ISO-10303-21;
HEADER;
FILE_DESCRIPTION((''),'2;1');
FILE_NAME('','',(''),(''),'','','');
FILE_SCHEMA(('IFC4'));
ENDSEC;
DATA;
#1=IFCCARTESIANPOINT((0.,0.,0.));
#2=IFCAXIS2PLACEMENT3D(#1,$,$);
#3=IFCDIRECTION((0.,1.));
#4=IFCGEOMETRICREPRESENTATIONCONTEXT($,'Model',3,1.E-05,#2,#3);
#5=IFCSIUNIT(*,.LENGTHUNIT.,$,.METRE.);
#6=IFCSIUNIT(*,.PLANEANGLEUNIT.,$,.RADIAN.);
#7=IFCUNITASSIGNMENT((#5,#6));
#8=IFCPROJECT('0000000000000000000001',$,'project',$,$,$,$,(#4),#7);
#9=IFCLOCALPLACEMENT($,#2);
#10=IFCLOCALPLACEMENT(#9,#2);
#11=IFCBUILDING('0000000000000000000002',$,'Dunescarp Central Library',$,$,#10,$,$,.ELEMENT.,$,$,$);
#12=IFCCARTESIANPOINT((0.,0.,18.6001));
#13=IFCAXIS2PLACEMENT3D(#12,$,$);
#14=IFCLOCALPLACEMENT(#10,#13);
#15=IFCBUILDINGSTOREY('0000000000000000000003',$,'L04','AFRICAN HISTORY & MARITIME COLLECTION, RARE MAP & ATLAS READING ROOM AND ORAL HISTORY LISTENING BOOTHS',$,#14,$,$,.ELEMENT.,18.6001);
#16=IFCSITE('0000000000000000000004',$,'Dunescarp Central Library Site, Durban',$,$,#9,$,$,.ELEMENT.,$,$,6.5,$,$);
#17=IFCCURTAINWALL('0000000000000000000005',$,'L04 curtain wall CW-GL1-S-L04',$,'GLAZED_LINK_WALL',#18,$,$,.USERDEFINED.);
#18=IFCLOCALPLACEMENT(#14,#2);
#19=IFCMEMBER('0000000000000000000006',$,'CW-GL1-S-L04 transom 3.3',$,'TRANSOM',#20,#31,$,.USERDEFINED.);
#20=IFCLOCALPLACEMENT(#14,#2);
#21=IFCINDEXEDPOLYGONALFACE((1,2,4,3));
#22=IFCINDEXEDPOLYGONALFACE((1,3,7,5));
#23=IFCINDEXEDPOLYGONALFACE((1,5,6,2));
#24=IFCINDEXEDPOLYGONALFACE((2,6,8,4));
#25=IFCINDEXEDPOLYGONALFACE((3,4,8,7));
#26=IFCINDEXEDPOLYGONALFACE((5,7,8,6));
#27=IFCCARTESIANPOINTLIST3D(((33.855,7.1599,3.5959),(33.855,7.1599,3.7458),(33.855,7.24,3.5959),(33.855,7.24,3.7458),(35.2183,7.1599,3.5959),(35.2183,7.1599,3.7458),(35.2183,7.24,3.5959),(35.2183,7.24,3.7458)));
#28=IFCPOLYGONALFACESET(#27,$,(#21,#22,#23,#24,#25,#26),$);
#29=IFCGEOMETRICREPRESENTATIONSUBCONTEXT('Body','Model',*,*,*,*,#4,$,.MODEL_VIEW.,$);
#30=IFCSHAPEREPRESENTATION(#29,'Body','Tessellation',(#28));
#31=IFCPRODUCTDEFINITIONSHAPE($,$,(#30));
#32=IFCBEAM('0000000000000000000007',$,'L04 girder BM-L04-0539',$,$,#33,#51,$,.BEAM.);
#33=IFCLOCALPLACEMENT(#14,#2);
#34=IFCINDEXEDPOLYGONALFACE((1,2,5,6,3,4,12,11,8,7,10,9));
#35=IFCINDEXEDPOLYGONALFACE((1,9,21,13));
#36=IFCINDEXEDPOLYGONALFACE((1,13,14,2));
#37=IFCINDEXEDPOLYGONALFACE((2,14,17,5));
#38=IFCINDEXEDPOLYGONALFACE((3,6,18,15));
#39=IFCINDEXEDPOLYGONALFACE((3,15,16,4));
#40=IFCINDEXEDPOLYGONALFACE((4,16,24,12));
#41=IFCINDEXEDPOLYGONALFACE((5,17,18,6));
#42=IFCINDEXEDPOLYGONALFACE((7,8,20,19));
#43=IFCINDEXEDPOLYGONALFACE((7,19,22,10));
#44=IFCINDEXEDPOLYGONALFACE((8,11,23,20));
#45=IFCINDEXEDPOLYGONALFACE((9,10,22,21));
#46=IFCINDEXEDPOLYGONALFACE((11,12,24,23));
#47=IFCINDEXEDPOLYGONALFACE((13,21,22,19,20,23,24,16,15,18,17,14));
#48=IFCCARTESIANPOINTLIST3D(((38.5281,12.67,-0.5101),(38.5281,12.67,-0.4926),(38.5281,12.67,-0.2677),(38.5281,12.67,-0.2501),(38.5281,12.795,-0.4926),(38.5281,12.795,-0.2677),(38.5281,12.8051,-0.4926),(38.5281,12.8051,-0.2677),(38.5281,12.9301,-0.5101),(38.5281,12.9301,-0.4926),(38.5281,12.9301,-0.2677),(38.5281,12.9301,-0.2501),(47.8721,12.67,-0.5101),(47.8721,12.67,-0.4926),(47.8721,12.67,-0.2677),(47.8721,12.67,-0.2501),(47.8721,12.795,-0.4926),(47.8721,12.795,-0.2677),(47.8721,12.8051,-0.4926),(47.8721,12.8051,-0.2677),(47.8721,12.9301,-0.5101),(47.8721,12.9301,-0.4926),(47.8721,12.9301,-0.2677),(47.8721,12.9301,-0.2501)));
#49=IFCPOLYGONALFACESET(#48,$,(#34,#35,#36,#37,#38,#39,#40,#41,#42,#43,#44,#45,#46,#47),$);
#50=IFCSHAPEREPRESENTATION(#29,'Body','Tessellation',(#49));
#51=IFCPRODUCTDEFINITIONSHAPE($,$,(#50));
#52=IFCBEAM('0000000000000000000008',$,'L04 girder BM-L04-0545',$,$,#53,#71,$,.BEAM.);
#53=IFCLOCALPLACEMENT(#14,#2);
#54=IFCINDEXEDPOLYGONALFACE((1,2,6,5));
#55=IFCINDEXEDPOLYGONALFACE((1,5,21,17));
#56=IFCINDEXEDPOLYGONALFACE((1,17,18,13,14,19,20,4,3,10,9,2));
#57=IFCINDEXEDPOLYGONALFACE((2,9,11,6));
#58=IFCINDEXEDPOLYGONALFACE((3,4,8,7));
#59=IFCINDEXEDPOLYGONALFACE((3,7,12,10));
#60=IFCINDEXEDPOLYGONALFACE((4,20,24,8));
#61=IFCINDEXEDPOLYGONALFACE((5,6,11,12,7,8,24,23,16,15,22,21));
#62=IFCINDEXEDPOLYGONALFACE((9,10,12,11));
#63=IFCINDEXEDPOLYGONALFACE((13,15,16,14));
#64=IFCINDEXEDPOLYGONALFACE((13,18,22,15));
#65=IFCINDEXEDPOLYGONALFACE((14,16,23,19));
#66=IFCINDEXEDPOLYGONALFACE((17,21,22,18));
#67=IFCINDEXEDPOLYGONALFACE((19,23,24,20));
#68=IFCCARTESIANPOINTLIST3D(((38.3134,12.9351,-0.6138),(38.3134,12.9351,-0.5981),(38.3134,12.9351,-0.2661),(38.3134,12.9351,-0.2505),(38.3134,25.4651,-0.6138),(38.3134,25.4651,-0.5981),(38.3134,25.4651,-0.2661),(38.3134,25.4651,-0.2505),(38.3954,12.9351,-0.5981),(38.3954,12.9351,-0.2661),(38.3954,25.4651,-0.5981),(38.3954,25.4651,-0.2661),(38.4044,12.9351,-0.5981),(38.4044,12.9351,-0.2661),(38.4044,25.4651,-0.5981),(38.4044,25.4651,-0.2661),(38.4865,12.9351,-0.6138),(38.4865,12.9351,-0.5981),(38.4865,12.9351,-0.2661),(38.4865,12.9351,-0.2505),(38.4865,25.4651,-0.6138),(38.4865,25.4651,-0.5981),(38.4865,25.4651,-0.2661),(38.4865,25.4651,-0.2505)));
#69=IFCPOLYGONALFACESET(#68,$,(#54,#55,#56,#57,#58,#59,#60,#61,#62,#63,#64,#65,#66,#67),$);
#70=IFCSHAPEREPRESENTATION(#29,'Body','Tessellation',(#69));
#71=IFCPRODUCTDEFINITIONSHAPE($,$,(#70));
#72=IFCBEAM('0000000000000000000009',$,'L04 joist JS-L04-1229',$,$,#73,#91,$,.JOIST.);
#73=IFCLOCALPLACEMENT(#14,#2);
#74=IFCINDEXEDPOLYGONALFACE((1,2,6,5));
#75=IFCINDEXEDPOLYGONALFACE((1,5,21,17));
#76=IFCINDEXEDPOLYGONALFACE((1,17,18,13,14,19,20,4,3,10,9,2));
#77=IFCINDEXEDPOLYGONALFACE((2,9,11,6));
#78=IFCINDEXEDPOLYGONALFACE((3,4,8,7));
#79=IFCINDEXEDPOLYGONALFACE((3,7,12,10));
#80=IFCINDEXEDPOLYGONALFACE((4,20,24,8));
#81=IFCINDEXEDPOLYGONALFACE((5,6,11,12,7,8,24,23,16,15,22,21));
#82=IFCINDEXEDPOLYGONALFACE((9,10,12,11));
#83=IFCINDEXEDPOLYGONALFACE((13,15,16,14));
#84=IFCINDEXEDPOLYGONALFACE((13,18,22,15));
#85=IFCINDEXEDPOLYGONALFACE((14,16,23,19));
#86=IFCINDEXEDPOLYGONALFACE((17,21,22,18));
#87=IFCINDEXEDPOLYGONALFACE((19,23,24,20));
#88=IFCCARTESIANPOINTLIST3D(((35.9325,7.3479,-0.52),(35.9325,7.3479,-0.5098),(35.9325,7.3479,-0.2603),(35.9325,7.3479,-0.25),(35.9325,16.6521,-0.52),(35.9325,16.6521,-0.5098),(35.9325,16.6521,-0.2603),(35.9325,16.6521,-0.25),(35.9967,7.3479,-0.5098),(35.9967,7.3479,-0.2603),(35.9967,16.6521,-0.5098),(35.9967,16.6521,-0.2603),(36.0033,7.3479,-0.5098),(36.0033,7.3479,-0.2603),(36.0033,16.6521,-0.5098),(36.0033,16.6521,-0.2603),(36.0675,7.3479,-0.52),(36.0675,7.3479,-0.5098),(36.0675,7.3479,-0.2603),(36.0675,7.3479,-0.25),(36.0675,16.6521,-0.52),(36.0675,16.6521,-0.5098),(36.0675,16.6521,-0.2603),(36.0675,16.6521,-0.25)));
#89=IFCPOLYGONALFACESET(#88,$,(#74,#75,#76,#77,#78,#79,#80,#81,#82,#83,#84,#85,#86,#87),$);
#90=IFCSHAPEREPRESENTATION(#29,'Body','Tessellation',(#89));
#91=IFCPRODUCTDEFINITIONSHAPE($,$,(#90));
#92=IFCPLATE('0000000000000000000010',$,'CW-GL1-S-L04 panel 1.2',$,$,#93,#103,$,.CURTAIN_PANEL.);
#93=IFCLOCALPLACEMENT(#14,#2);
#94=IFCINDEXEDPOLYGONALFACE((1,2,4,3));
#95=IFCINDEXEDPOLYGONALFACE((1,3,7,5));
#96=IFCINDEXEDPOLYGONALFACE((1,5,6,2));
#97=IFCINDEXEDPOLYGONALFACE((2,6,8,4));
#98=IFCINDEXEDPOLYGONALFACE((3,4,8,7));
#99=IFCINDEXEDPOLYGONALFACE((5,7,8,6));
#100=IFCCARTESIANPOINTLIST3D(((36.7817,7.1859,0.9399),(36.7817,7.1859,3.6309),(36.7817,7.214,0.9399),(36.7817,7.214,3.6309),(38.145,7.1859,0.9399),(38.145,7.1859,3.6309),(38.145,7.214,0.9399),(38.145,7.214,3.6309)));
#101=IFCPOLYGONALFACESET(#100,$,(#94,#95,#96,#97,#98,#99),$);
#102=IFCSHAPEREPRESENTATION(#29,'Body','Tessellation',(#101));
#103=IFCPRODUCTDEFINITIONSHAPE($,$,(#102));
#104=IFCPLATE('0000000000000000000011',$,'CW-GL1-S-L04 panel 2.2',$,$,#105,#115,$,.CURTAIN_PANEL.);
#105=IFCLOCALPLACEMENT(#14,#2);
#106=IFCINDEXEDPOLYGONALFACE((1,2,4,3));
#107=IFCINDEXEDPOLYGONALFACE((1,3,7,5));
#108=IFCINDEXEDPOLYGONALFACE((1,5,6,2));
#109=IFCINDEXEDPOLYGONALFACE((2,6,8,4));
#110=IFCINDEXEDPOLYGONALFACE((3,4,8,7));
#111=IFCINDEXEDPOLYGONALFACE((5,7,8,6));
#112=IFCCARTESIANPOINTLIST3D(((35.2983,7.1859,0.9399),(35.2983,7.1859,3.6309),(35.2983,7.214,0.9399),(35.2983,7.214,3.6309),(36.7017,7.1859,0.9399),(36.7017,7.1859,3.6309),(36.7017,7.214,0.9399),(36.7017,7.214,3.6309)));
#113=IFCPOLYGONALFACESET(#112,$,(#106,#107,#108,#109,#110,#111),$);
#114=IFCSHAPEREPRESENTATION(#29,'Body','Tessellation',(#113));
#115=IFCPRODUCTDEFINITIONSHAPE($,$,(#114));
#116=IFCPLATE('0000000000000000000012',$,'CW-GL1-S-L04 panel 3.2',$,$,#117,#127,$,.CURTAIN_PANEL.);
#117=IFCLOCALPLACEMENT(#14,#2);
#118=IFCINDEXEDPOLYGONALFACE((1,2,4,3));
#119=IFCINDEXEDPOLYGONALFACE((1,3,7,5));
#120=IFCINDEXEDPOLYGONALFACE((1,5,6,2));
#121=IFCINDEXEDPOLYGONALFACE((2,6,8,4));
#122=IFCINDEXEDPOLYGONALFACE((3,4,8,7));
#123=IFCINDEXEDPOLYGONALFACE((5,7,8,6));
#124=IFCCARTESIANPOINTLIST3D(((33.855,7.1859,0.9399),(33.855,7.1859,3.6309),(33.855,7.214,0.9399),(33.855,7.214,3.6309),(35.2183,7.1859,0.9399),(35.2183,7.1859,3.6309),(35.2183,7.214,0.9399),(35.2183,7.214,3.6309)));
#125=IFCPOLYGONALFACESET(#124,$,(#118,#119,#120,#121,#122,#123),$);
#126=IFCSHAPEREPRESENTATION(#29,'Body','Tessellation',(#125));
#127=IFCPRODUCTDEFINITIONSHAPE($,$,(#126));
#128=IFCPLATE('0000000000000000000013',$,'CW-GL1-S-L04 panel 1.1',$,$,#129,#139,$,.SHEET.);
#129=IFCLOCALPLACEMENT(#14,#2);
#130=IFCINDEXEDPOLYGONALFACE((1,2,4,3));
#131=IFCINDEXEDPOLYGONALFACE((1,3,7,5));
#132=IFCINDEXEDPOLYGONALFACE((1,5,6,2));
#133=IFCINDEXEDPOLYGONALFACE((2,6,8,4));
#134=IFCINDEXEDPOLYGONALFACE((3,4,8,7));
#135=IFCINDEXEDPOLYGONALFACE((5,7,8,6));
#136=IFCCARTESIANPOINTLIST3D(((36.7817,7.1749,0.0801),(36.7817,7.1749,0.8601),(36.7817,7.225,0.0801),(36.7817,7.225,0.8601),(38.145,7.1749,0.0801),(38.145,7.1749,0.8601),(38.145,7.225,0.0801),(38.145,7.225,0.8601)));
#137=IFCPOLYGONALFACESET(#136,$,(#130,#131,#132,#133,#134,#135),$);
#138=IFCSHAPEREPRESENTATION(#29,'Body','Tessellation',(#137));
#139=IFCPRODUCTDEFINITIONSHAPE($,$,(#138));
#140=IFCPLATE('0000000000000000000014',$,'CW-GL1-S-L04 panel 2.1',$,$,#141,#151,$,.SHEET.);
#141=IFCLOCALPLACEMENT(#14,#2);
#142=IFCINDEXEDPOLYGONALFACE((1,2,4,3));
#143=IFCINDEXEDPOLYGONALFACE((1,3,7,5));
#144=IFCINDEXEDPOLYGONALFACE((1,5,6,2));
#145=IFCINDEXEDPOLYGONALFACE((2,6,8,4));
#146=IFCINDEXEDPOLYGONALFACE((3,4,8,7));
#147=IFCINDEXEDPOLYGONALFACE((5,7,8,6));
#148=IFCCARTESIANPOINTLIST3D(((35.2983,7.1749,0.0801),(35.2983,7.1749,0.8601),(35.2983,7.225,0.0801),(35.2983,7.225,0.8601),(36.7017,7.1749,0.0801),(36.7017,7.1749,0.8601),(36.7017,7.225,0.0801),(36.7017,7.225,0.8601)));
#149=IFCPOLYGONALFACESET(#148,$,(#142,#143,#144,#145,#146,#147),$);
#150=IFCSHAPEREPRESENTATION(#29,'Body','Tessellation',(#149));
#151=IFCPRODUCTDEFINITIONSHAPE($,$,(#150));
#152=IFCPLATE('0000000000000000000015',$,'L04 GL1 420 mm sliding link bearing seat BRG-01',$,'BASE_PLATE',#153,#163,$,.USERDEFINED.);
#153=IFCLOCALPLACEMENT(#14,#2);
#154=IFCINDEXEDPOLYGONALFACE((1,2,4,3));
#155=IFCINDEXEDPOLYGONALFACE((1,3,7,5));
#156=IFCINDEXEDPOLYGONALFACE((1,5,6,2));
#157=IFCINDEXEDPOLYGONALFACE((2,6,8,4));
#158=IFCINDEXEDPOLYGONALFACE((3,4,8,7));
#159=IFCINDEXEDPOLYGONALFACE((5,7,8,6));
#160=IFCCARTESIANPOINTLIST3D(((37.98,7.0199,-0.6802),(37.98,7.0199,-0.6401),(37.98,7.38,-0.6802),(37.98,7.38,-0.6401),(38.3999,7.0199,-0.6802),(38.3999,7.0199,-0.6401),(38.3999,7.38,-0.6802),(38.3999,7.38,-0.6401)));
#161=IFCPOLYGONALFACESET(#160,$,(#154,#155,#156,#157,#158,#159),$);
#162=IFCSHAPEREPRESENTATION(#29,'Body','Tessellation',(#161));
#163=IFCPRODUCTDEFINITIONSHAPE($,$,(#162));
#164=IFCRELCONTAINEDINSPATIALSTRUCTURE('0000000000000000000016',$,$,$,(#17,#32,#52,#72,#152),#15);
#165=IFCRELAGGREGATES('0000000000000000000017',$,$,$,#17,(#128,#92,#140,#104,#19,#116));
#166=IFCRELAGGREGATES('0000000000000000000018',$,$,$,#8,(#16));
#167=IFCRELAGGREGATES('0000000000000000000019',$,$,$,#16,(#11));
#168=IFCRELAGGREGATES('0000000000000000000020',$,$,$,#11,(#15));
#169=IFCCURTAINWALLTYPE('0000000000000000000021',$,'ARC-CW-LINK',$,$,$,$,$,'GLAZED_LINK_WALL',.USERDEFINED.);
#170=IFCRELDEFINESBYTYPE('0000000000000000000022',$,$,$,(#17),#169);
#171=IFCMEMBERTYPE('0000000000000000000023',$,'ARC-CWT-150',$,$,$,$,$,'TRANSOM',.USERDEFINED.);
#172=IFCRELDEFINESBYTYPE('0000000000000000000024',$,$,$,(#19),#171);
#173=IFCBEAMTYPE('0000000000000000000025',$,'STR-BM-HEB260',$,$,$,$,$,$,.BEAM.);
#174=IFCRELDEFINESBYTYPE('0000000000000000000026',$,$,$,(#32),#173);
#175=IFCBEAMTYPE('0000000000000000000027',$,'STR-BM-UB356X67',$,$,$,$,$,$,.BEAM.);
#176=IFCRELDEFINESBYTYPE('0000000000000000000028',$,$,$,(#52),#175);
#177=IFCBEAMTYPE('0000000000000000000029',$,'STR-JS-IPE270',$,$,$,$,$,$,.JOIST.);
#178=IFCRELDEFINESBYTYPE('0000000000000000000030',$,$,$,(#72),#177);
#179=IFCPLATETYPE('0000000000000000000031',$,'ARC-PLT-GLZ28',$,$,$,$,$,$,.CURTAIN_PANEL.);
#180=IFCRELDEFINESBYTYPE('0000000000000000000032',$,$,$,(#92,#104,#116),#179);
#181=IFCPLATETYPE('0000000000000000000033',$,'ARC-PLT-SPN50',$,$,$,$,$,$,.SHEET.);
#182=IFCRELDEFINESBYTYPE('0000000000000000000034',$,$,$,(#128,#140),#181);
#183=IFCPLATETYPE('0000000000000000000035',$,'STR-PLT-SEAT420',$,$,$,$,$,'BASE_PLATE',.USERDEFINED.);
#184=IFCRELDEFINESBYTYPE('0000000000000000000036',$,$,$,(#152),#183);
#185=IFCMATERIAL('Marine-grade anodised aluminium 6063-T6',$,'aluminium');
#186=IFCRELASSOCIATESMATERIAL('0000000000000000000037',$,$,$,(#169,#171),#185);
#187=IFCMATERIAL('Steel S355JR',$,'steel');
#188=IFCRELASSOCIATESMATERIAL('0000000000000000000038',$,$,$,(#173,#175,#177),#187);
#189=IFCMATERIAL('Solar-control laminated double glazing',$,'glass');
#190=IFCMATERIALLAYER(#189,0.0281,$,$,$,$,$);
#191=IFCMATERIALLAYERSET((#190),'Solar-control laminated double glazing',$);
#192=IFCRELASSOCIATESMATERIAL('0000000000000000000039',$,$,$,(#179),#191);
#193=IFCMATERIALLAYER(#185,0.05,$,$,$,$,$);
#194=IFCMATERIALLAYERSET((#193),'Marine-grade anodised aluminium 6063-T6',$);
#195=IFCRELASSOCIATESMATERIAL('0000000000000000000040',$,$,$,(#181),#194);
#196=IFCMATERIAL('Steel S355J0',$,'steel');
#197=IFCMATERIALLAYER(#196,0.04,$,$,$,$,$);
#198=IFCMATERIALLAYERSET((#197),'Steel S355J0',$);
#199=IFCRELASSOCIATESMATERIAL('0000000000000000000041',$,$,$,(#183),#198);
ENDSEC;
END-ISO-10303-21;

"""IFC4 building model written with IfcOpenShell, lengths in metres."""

from ifc_helpers import new_model, si_unit, direction, frame, origin, origin_2d, place, context, subcontext, project, spatial, rectangle, i_section, extrude, material, layer, layer_set, material_profile, profile_set, type_object, element, aggregate, save


model = new_model("IFC4")

# Units and contexts
model_context = context("Model", 3, precision=1e-05, world=origin(), true_north=direction((0.0, 1.0)))
body_context = subcontext(model_context, "Body", "Model", "MODEL_VIEW")
ifc_project = project(units=[si_unit("LENGTHUNIT", "METRE"), si_unit("PLANEANGLEUNIT", "RADIAN")], contexts=[model_context])

# Site, building, storey
site_placement = place(None, origin())
site = spatial("IfcSite", under=ifc_project, at=site_placement, Name="Dunescarp Central Library Site, Durban", CompositionType="ELEMENT", RefElevation=6.5)
building_placement = place(site_placement, origin())
building = spatial("IfcBuilding", under=site, at=building_placement, Name="Dunescarp Central Library", CompositionType="ELEMENT")
storey_placement = place(building_placement, frame((0.0, 0.0, 18.6001)))
storey = spatial("IfcBuildingStorey", under=building, at=storey_placement, Name="L04", Description="AFRICAN HISTORY & MARITIME COLLECTION, RARE MAP & ATLAS READING ROOM AND ORAL HISTORY LISTENING BOOTHS", CompositionType="ELEMENT", Elevation=18.6001)

# Shared definitions
ifc_material_1 = material(Name="Steel S355JR", Category="steel")

# Curtain wall, member
ifc_material_2 = material(Name="Marine-grade anodised aluminium 6063-T6", Category="aluminium")
curtain_wall_type = type_object("IfcCurtainWallType", Name="ARC-CW-LINK", ElementType="GLAZED_LINK_WALL", PredefinedType="USERDEFINED", material=ifc_material_2)
curtain_wall_placement = place(storey_placement, origin())
curtain_wall = element("IfcCurtainWall", 1, at=curtain_wall_placement, inside=storey, type_object=curtain_wall_type, Name="L04 curtain wall CW-GL1-S-L04", ObjectType="GLAZED_LINK_WALL", PredefinedType="USERDEFINED")
ifc_material_profile_1 = material_profile(ifc_material_2, rectangle(XDim=0.0801, YDim=0.1499, at=origin_2d()), Name="AL 80x150")
ifc_profile_set_1 = profile_set([ifc_material_profile_1], Name="Marine-grade anodised aluminium 6063-T6")
member_type_1 = type_object("IfcMemberType", Name="ARC-CWT-150", ElementType="TRANSOM", PredefinedType="USERDEFINED", material=ifc_profile_set_1)
member_1_placement = place(storey_placement, frame((35.2183, 7.2, 3.6709), z_axis=(-1.0, 0.0, 0.0), x_axis=(0.0, -1.0, 0.0)))
member_1 = element("IfcMember", 2, at=member_1_placement, type_object=member_type_1, Name="CW-GL1-S-L04 transom 3.3", ObjectType="TRANSOM", PredefinedType="USERDEFINED", context=body_context, shape_type="SweptSolid", body=[
    extrude(rectangle(XDim=0.0801, YDim=0.1499, at=origin_2d()), origin(), (0.0, 0.0, 1.0), 1.3633),
])

# Beams
ifc_material_profile_2 = material_profile(ifc_material_1, i_section(OverallWidth=0.26, OverallDepth=0.26, WebThickness=0.01, FlangeThickness=0.0176, at=origin_2d()), Name="HEB 260")
ifc_profile_set_2 = profile_set([ifc_material_profile_2], Name="Steel S355JR")
beam_type_1 = type_object("IfcBeamType", Name="STR-BM-HEB260", PredefinedType="BEAM", material=ifc_profile_set_2)
beam_1_placement = place(storey_placement, frame((38.5281, 12.8, -0.3801), z_axis=(1.0, 0.0, 0.0), x_axis=(0.0, 1.0, 0.0)))
element("IfcBeam", 3, at=beam_1_placement, inside=storey, type_object=beam_type_1, Name="L04 girder BM-L04-0539", PredefinedType="BEAM", context=body_context, shape_type="SweptSolid", body=[
    extrude(i_section(OverallWidth=0.26, OverallDepth=0.26, WebThickness=0.01, FlangeThickness=0.0176, at=origin_2d()), origin(), (0.0, 0.0, 1.0), 9.344),
])
ifc_material_profile_3 = material_profile(ifc_material_1, i_section(OverallWidth=0.1731, OverallDepth=0.3633, WebThickness=0.009, FlangeThickness=0.0156, at=origin_2d()), Name="UB 356x171x67")
ifc_profile_set_3 = profile_set([ifc_material_profile_3], Name="Steel S355JR")
beam_type_2 = type_object("IfcBeamType", Name="STR-BM-UB356X67", PredefinedType="BEAM", material=ifc_profile_set_3)
beam_2_placement = place(storey_placement, frame((38.3999, 12.9351, -0.4321), z_axis=(0.0, 1.0, 0.0), x_axis=(-1.0, 0.0, 0.0)))
element("IfcBeam", 4, at=beam_2_placement, inside=storey, type_object=beam_type_2, Name="L04 girder BM-L04-0545", PredefinedType="BEAM", context=body_context, shape_type="SweptSolid", body=[
    extrude(i_section(OverallWidth=0.1731, OverallDepth=0.3633, WebThickness=0.009, FlangeThickness=0.0156, at=origin_2d()), origin(), (0.0, 0.0, 1.0), 12.53),
])
ifc_material_profile_4 = material_profile(ifc_material_1, i_section(OverallWidth=0.135, OverallDepth=0.27, WebThickness=0.0066, FlangeThickness=0.0103, at=origin_2d()), Name="IPE 270")
ifc_profile_set_4 = profile_set([ifc_material_profile_4], Name="Steel S355JR")
beam_type_3 = type_object("IfcBeamType", Name="STR-JS-IPE270", PredefinedType="JOIST", material=ifc_profile_set_4)
beam_3_placement = place(storey_placement, frame((36.0, 7.3479, -0.385), z_axis=(0.0, 1.0, 0.0), x_axis=(-1.0, 0.0, 0.0)))
element("IfcBeam", 5, at=beam_3_placement, inside=storey, type_object=beam_type_3, Name="L04 joist JS-L04-1229", PredefinedType="JOIST", context=body_context, shape_type="SweptSolid", body=[
    extrude(i_section(OverallWidth=0.135, OverallDepth=0.27, WebThickness=0.0066, FlangeThickness=0.0103, at=origin_2d()), origin(), (0.0, 0.0, 1.0), 9.3042),
])

# Plates
ifc_material_3 = material(Name="Solar-control laminated double glazing", Category="glass")
ifc_layer_1 = layer(ifc_material_3, 0.0281)
ifc_layer_set_1 = layer_set([ifc_layer_1], Name="Solar-control laminated double glazing")
plate_type_1 = type_object("IfcPlateType", Name="ARC-PLT-GLZ28", PredefinedType="CURTAIN_PANEL", material=ifc_layer_set_1)
plate_1_placement = place(storey_placement, frame((37.4634, 7.2, 0.9399), z_axis=(0.0, 0.0, 1.0), x_axis=(-1.0, 0.0, 0.0)))
plate_1 = element("IfcPlate", 6, at=plate_1_placement, type_object=plate_type_1, Name="CW-GL1-S-L04 panel 1.2", PredefinedType="CURTAIN_PANEL", context=body_context, shape_type="SweptSolid", body=[
    extrude(rectangle(XDim=1.3633, YDim=0.0281, at=origin_2d()), origin(), (0.0, 0.0, 1.0), 2.6909),
])
plate_2_placement = place(storey_placement, frame((36.0, 7.2, 0.9399), z_axis=(0.0, 0.0, 1.0), x_axis=(-1.0, 0.0, 0.0)))
plate_2 = element("IfcPlate", 7, at=plate_2_placement, type_object=plate_type_1, Name="CW-GL1-S-L04 panel 2.2", PredefinedType="CURTAIN_PANEL", context=body_context, shape_type="SweptSolid", body=[
    extrude(rectangle(XDim=1.4033, YDim=0.0281, at=origin_2d()), origin(), (0.0, 0.0, 1.0), 2.6909),
])
plate_3_placement = place(storey_placement, frame((34.5366, 7.2, 0.9399), z_axis=(0.0, 0.0, 1.0), x_axis=(-1.0, 0.0, 0.0)))
plate_3 = element("IfcPlate", 8, at=plate_3_placement, type_object=plate_type_1, Name="CW-GL1-S-L04 panel 3.2", PredefinedType="CURTAIN_PANEL", context=body_context, shape_type="SweptSolid", body=[
    extrude(rectangle(XDim=1.3633, YDim=0.0281, at=origin_2d()), origin(), (0.0, 0.0, 1.0), 2.6909),
])
ifc_layer_2 = layer(ifc_material_2, 0.05)
ifc_layer_set_2 = layer_set([ifc_layer_2], Name="Marine-grade anodised aluminium 6063-T6")
plate_type_2 = type_object("IfcPlateType", Name="ARC-PLT-SPN50", PredefinedType="SHEET", material=ifc_layer_set_2)
plate_4_placement = place(storey_placement, frame((37.4634, 7.2, 0.0801), z_axis=(0.0, 0.0, 1.0), x_axis=(-1.0, 0.0, 0.0)))
plate_4 = element("IfcPlate", 9, at=plate_4_placement, type_object=plate_type_2, Name="CW-GL1-S-L04 panel 1.1", PredefinedType="SHEET", context=body_context, shape_type="SweptSolid", body=[
    extrude(rectangle(XDim=1.3633, YDim=0.05, at=origin_2d()), origin(), (0.0, 0.0, 1.0), 0.78),
])
plate_5_placement = place(storey_placement, frame((36.0, 7.2, 0.0801), z_axis=(0.0, 0.0, 1.0), x_axis=(-1.0, 0.0, 0.0)))
plate_5 = element("IfcPlate", 10, at=plate_5_placement, type_object=plate_type_2, Name="CW-GL1-S-L04 panel 2.1", PredefinedType="SHEET", context=body_context, shape_type="SweptSolid", body=[
    extrude(rectangle(XDim=1.4033, YDim=0.05, at=origin_2d()), origin(), (0.0, 0.0, 1.0), 0.78),
])
aggregate(curtain_wall, [plate_4, plate_1, plate_5, plate_2, member_1, plate_3])
ifc_material_4 = material(Name="Steel S355J0", Category="steel")
ifc_layer_3 = layer(ifc_material_4, 0.04)
ifc_layer_set_3 = layer_set([ifc_layer_3], Name="Steel S355J0")
plate_type_3 = type_object("IfcPlateType", Name="STR-PLT-SEAT420", ElementType="BASE_PLATE", PredefinedType="USERDEFINED", material=ifc_layer_set_3)
plate_6_placement = place(storey_placement, frame((38.1899, 7.2, -0.6802), z_axis=(0.0, 0.0, 1.0), x_axis=(1.0, 0.0, 0.0)))
element("IfcPlate", 11, at=plate_6_placement, inside=storey, type_object=plate_type_3, Name="L04 GL1 420 mm sliding link bearing seat BRG-01", ObjectType="BASE_PLATE", PredefinedType="USERDEFINED", context=body_context, shape_type="SweptSolid", body=[
    extrude(rectangle(XDim=0.4199, YDim=0.3601, at=origin_2d()), origin(), (0.0, 0.0, 1.0), 0.04),
])

save(model, "model.ifc")
